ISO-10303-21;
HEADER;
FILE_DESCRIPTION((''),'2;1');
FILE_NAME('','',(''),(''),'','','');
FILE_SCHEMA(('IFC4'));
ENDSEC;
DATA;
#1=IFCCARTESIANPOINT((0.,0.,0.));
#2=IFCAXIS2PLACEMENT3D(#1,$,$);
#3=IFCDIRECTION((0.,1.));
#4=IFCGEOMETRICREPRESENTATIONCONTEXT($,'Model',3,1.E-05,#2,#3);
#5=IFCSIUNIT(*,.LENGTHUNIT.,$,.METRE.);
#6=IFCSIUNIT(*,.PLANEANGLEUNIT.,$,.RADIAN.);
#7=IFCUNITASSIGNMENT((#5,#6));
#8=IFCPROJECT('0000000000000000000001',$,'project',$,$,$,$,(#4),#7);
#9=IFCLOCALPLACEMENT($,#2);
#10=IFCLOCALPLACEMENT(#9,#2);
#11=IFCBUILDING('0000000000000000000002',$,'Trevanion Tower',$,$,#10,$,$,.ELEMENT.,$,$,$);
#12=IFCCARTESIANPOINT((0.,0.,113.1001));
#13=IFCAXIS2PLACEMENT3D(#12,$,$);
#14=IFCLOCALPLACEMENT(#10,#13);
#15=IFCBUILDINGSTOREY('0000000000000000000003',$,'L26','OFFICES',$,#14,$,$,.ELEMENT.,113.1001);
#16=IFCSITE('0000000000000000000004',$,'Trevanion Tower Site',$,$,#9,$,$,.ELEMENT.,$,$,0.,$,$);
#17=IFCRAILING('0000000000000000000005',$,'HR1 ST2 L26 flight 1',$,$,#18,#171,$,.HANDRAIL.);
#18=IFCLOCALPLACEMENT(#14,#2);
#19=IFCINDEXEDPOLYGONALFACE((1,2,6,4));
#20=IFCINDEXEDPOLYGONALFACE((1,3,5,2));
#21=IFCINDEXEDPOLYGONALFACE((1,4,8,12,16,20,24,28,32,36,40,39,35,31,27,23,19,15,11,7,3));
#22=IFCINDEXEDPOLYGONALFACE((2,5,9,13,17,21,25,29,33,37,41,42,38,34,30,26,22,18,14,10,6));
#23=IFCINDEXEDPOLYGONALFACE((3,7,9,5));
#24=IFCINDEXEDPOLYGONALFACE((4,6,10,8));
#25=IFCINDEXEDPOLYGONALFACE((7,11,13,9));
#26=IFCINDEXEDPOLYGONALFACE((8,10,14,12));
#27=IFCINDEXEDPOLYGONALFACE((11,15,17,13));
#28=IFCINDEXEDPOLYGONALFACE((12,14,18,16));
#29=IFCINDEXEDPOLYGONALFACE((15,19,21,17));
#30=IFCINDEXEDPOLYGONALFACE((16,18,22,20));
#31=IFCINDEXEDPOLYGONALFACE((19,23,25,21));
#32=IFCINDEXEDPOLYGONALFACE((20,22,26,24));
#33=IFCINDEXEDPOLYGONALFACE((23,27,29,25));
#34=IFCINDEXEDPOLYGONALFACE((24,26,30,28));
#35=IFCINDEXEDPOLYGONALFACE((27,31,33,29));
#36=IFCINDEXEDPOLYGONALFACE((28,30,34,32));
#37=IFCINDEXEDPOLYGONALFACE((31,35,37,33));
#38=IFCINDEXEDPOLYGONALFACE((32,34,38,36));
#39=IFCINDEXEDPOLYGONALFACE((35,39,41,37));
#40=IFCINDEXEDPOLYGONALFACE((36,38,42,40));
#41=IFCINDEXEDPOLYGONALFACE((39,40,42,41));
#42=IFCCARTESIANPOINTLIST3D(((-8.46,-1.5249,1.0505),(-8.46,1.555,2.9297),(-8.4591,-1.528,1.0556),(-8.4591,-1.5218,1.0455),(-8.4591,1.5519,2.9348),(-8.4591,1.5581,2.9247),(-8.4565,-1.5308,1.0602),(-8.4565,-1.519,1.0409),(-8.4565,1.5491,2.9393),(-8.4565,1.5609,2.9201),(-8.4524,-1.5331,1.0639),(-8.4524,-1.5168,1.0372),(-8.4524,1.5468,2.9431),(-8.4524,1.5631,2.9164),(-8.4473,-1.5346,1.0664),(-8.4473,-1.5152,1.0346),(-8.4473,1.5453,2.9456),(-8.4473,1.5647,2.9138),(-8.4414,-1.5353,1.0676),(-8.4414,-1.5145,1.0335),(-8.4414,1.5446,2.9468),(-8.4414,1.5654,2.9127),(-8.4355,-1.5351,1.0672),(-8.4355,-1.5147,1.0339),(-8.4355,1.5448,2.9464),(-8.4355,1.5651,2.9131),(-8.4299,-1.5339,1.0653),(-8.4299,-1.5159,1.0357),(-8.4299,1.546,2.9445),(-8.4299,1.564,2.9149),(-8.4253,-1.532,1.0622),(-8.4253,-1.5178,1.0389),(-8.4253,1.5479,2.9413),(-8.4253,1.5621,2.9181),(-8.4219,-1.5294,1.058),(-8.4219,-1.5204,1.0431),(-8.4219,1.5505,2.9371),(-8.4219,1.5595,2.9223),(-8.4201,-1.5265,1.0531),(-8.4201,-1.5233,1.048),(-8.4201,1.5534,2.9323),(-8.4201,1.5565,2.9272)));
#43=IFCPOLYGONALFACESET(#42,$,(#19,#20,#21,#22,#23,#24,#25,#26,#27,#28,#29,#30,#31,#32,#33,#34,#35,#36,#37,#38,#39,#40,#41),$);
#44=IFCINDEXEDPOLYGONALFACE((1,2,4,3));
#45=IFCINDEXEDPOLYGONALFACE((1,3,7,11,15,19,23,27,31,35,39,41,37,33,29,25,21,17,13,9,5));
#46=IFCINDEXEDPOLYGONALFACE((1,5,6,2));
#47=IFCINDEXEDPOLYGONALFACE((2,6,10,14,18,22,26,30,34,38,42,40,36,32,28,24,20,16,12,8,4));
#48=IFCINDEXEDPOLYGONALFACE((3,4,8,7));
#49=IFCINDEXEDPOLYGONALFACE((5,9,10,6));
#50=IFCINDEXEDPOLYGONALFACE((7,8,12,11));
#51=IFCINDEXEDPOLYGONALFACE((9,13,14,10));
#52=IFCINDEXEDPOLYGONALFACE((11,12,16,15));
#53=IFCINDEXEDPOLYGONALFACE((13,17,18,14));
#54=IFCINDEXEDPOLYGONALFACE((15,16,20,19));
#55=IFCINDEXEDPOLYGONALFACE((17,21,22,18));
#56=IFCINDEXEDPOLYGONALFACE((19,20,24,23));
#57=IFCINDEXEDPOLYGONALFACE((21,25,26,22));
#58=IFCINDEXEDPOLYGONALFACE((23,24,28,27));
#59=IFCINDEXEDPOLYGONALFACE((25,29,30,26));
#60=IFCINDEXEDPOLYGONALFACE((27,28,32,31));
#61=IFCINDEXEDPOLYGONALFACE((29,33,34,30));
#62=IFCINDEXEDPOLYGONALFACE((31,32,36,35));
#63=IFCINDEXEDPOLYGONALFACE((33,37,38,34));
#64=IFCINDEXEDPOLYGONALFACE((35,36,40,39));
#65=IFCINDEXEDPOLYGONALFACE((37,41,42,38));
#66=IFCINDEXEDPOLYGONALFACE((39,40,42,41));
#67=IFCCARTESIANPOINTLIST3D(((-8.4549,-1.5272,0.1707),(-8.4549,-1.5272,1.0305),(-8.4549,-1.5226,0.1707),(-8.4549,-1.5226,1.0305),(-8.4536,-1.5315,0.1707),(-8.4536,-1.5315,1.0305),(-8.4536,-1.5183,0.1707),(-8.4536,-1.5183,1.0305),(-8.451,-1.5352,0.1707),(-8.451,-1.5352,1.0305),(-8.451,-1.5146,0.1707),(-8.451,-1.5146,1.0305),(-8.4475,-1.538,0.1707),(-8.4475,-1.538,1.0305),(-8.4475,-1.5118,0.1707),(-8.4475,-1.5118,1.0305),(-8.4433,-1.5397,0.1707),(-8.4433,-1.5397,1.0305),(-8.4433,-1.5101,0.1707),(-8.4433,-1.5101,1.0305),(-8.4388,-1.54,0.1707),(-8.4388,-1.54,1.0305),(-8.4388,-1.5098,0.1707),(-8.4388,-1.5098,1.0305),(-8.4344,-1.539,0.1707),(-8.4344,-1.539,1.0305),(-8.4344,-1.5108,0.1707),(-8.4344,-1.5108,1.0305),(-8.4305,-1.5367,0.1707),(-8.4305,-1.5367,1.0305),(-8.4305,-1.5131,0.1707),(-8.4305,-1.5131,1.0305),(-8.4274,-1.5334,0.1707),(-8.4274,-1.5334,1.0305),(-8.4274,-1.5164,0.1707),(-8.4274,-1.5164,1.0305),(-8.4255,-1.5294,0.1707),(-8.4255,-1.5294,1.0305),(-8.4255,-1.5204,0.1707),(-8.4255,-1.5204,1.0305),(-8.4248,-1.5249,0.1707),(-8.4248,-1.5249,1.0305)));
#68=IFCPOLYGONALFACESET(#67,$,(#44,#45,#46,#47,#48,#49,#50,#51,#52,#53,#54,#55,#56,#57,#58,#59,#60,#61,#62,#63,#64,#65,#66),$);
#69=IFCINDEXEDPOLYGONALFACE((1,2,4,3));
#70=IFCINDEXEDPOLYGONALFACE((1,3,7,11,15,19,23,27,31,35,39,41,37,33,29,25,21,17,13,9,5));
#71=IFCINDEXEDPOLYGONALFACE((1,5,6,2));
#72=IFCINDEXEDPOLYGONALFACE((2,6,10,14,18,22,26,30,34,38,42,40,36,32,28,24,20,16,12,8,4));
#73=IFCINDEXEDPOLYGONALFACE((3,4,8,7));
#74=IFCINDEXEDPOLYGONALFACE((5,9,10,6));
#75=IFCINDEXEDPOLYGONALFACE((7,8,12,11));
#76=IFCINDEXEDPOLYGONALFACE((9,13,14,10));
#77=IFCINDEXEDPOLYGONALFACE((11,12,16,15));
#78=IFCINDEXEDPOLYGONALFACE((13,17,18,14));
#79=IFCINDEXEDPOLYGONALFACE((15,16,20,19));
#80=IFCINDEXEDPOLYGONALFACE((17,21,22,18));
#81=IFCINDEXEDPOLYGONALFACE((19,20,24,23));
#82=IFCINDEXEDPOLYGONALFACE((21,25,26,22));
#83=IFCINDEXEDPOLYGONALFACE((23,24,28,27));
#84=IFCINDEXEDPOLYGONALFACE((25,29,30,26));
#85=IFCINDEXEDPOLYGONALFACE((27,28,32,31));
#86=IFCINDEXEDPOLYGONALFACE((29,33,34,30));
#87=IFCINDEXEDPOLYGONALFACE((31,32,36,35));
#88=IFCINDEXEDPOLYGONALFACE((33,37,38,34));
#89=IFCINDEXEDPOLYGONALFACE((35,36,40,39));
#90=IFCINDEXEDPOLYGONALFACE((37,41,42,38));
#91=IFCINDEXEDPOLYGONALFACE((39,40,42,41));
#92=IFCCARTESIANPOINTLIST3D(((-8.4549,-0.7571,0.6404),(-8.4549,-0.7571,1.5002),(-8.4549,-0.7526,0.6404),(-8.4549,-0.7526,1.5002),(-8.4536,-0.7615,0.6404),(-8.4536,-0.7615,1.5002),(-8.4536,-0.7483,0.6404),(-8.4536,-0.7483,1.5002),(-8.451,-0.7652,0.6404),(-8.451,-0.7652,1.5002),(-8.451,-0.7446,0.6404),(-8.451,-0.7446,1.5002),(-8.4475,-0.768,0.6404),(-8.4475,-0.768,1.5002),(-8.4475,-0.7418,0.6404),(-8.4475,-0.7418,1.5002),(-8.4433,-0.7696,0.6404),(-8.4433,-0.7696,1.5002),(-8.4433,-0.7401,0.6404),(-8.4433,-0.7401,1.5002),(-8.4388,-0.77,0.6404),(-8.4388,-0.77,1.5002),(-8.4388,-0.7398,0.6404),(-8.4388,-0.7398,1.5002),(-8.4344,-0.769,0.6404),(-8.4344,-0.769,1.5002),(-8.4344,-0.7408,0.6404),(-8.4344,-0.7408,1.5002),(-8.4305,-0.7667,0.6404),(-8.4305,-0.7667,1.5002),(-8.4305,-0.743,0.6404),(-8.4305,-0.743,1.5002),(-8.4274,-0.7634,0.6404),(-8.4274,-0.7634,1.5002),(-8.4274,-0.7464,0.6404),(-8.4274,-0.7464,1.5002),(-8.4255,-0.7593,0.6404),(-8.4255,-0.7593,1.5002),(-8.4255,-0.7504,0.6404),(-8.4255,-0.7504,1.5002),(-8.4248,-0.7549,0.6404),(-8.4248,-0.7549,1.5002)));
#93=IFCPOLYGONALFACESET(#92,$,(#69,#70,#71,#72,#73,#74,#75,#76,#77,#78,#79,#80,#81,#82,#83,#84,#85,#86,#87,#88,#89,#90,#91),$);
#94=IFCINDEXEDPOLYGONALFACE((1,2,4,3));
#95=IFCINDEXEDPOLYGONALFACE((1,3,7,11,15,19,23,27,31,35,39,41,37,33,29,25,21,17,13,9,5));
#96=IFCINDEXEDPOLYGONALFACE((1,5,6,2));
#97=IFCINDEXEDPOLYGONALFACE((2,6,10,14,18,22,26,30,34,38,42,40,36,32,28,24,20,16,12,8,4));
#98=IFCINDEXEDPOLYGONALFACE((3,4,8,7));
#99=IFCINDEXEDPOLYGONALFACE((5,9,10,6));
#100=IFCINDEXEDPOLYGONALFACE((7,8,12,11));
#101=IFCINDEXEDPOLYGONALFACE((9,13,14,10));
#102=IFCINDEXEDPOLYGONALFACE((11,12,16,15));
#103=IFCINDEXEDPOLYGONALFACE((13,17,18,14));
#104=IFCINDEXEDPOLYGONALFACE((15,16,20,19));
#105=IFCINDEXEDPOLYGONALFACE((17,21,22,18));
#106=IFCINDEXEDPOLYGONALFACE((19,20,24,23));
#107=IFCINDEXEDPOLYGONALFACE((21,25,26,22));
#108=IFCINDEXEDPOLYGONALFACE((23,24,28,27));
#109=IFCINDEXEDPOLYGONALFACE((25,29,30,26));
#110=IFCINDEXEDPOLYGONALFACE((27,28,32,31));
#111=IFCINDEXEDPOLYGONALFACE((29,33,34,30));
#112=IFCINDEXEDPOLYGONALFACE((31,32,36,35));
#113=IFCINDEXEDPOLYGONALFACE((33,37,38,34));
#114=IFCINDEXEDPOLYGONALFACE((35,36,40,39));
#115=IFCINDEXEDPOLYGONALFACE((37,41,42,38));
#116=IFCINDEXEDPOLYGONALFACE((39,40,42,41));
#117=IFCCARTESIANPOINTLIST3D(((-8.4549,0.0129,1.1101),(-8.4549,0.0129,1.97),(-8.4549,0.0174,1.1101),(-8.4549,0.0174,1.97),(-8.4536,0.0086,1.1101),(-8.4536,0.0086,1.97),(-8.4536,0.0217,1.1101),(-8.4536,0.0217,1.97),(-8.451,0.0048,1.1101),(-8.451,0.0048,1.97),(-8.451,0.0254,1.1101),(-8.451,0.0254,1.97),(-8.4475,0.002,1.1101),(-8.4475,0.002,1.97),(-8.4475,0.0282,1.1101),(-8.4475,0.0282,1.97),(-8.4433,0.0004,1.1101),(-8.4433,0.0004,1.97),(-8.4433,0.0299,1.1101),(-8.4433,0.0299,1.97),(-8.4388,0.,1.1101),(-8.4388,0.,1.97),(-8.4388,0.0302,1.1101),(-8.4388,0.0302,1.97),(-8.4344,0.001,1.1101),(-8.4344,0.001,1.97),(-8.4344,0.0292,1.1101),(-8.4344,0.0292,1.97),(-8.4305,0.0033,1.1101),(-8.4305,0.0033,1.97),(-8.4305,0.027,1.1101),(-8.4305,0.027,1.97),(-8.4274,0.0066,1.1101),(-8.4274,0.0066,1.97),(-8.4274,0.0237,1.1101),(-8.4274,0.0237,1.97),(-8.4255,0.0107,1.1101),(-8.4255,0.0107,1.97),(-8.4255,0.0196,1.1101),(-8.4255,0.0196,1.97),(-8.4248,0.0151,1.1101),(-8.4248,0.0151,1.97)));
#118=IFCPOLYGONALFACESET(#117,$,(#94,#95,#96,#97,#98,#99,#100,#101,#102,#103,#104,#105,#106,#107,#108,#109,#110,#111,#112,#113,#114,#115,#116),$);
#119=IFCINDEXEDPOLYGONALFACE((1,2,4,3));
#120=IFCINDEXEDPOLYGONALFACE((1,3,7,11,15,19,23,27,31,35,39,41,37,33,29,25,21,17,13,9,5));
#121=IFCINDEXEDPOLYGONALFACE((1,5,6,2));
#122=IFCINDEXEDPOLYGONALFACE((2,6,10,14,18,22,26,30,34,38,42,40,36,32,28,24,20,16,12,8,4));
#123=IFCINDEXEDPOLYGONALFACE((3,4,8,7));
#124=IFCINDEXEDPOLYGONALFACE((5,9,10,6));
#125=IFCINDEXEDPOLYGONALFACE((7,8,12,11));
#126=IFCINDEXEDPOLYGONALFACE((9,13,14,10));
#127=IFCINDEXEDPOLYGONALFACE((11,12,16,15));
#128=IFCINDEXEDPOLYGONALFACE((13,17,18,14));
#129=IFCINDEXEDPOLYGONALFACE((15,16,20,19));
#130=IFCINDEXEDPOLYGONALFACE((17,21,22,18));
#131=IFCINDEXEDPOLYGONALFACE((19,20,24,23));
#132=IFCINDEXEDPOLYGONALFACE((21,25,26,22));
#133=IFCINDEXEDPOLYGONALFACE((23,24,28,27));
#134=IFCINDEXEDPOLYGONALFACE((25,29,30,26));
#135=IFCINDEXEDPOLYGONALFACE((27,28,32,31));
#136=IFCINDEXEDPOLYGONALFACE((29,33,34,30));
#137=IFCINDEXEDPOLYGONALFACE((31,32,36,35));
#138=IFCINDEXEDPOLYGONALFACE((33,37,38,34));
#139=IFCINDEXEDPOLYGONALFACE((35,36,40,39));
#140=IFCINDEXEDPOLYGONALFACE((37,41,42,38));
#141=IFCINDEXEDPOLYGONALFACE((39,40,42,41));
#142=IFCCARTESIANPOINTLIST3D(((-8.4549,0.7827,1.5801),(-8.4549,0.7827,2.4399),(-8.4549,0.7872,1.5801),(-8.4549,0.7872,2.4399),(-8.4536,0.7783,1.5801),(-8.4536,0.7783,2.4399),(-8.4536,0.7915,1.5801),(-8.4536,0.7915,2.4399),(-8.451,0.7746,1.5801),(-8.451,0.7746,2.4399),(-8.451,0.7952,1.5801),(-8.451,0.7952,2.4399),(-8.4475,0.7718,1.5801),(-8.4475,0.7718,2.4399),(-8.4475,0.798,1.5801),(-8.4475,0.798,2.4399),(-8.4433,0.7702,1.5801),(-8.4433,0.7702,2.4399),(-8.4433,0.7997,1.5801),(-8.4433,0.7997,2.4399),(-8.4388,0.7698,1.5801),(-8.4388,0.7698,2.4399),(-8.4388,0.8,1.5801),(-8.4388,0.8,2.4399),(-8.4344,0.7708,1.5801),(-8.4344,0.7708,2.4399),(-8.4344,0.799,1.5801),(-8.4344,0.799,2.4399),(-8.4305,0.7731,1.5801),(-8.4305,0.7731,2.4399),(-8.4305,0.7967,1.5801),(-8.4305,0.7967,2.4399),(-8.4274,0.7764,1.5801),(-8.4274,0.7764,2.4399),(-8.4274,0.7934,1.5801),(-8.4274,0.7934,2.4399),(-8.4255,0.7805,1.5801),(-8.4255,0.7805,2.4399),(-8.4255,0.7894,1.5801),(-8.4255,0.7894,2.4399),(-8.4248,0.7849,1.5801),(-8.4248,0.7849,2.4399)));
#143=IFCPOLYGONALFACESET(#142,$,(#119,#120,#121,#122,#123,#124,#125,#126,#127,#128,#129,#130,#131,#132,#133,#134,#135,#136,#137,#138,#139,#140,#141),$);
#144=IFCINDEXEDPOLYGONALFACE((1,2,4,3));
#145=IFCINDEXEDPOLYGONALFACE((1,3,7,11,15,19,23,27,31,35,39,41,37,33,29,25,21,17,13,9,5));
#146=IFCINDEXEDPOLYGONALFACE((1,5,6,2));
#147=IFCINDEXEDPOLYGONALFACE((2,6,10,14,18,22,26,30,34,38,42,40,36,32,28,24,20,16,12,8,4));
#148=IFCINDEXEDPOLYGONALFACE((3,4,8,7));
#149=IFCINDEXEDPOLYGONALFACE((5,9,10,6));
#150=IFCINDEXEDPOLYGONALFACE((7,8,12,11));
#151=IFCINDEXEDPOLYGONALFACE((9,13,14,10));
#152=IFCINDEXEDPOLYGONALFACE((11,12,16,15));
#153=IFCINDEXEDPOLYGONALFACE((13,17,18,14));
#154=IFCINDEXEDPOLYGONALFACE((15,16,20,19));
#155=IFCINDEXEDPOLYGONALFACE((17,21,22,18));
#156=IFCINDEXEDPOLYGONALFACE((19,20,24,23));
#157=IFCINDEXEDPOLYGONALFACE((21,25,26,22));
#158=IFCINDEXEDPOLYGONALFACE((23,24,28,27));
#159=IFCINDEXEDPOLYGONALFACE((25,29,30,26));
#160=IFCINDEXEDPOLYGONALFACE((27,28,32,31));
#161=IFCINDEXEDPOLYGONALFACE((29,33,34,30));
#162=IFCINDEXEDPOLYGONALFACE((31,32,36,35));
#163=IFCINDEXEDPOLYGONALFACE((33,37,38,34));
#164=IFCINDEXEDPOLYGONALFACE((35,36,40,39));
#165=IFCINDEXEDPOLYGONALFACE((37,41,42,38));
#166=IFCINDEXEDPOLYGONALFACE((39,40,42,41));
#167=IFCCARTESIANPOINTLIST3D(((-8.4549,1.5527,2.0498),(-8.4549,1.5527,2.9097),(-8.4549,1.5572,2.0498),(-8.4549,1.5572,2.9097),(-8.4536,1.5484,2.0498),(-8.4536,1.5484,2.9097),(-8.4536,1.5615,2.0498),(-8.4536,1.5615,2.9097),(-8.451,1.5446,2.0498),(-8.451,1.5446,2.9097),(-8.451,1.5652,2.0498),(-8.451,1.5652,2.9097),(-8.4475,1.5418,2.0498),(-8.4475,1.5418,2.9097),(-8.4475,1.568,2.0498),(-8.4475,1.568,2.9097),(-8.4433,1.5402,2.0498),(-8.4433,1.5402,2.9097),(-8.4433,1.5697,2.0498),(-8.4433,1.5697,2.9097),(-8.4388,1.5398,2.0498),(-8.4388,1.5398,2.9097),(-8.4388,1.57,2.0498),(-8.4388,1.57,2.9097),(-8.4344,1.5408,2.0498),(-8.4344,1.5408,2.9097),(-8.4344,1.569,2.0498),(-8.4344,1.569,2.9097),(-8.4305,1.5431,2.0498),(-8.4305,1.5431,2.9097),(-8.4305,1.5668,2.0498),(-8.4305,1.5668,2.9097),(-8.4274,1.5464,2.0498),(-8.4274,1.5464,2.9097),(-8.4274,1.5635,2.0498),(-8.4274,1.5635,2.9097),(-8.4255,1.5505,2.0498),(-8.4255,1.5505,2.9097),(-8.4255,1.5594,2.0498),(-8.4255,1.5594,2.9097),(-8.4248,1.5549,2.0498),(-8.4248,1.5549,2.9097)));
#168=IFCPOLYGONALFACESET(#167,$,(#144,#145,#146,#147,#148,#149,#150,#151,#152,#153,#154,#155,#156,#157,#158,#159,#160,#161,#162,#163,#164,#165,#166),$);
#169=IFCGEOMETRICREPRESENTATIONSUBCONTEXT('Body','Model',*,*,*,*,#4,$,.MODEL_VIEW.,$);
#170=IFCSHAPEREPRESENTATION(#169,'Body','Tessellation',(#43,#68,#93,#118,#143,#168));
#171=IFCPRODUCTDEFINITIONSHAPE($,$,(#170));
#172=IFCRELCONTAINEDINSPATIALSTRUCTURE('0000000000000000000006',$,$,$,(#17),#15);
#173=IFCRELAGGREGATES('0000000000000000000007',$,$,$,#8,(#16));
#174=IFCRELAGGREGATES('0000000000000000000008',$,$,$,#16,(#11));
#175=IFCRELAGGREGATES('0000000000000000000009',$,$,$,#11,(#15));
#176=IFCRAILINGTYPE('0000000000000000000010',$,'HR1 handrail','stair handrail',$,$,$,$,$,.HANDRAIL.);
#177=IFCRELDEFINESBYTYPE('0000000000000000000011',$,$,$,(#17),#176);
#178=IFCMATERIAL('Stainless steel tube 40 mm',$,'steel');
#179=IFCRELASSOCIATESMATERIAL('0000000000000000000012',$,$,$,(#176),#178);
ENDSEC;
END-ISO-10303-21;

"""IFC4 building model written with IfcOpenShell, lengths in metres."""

from ifc_helpers import new_model, si_unit, direction, frame, origin, origin_2d, place, context, subcontext, project, spatial, circle, extrude, material, type_object, element, save


model = new_model("IFC4")

# Units and contexts
model_context = context("Model", 3, precision=1e-05, world=origin(), true_north=direction((0.0, 1.0)))
body_context = subcontext(model_context, "Body", "Model", "MODEL_VIEW")
ifc_project = project(units=[si_unit("LENGTHUNIT", "METRE"), si_unit("PLANEANGLEUNIT", "RADIAN")], contexts=[model_context])

# Site, building, storey
site_placement = place(None, origin())
site = spatial("IfcSite", under=ifc_project, at=site_placement, Name="Trevanion Tower Site", CompositionType="ELEMENT", RefElevation=0.0)
building_placement = place(site_placement, origin())
building = spatial("IfcBuilding", under=site, at=building_placement, Name="Trevanion Tower", CompositionType="ELEMENT")
storey_placement = place(building_placement, frame((0.0, 0.0, 113.1001)))
storey = spatial("IfcBuildingStorey", under=building, at=storey_placement, Name="L26", Description="OFFICES", CompositionType="ELEMENT", Elevation=113.1001)

# Railing
ifc_material_1 = material(Name="Stainless steel tube 40 mm", Category="steel")
railing_type = type_object("IfcRailingType", Name="HR1 handrail", Description="stair handrail", PredefinedType="HANDRAIL", material=ifc_material_1)
for number, where, name in (
    (1, (-8.4399, -1.5249, 0.1707), "HR1 ST2 L26 flight 1"),
):
    element("IfcRailing", number, at=place(storey_placement, frame(where)), inside=storey, type_object=railing_type, Name=name, PredefinedType="HANDRAIL", context=body_context, shape_type="SweptSolid", body=[
        extrude(circle(Radius=0.02, at=origin_2d()), frame((0.0, 0.0, 0.8799), z_axis=(0.0, 0.853648, 0.52085), x_axis=(-1.0, 0.0, 0.0)), (0.0, 0.0, 1.0), 3.6079),
        extrude(circle(Radius=0.0151, at=origin_2d()), origin(), (0.0, 0.0, 1.0), 0.8599),
        extrude(circle(Radius=0.0151, at=origin_2d()), frame((0.0, 0.77, 0.4697)), (0.0, 0.0, 1.0), 0.8599),
        extrude(circle(Radius=0.0151, at=origin_2d()), frame((0.0, 1.54, 0.9395)), (0.0, 0.0, 1.0), 0.8599),
        extrude(circle(Radius=0.0151, at=origin_2d()), frame((0.0, 2.3098, 1.4094)), (0.0, 0.0, 1.0), 0.8599),
        extrude(circle(Radius=0.0151, at=origin_2d()), frame((0.0, 3.0798, 1.8792)), (0.0, 0.0, 1.0), 0.8599),
    ])

save(model, "model.ifc")
